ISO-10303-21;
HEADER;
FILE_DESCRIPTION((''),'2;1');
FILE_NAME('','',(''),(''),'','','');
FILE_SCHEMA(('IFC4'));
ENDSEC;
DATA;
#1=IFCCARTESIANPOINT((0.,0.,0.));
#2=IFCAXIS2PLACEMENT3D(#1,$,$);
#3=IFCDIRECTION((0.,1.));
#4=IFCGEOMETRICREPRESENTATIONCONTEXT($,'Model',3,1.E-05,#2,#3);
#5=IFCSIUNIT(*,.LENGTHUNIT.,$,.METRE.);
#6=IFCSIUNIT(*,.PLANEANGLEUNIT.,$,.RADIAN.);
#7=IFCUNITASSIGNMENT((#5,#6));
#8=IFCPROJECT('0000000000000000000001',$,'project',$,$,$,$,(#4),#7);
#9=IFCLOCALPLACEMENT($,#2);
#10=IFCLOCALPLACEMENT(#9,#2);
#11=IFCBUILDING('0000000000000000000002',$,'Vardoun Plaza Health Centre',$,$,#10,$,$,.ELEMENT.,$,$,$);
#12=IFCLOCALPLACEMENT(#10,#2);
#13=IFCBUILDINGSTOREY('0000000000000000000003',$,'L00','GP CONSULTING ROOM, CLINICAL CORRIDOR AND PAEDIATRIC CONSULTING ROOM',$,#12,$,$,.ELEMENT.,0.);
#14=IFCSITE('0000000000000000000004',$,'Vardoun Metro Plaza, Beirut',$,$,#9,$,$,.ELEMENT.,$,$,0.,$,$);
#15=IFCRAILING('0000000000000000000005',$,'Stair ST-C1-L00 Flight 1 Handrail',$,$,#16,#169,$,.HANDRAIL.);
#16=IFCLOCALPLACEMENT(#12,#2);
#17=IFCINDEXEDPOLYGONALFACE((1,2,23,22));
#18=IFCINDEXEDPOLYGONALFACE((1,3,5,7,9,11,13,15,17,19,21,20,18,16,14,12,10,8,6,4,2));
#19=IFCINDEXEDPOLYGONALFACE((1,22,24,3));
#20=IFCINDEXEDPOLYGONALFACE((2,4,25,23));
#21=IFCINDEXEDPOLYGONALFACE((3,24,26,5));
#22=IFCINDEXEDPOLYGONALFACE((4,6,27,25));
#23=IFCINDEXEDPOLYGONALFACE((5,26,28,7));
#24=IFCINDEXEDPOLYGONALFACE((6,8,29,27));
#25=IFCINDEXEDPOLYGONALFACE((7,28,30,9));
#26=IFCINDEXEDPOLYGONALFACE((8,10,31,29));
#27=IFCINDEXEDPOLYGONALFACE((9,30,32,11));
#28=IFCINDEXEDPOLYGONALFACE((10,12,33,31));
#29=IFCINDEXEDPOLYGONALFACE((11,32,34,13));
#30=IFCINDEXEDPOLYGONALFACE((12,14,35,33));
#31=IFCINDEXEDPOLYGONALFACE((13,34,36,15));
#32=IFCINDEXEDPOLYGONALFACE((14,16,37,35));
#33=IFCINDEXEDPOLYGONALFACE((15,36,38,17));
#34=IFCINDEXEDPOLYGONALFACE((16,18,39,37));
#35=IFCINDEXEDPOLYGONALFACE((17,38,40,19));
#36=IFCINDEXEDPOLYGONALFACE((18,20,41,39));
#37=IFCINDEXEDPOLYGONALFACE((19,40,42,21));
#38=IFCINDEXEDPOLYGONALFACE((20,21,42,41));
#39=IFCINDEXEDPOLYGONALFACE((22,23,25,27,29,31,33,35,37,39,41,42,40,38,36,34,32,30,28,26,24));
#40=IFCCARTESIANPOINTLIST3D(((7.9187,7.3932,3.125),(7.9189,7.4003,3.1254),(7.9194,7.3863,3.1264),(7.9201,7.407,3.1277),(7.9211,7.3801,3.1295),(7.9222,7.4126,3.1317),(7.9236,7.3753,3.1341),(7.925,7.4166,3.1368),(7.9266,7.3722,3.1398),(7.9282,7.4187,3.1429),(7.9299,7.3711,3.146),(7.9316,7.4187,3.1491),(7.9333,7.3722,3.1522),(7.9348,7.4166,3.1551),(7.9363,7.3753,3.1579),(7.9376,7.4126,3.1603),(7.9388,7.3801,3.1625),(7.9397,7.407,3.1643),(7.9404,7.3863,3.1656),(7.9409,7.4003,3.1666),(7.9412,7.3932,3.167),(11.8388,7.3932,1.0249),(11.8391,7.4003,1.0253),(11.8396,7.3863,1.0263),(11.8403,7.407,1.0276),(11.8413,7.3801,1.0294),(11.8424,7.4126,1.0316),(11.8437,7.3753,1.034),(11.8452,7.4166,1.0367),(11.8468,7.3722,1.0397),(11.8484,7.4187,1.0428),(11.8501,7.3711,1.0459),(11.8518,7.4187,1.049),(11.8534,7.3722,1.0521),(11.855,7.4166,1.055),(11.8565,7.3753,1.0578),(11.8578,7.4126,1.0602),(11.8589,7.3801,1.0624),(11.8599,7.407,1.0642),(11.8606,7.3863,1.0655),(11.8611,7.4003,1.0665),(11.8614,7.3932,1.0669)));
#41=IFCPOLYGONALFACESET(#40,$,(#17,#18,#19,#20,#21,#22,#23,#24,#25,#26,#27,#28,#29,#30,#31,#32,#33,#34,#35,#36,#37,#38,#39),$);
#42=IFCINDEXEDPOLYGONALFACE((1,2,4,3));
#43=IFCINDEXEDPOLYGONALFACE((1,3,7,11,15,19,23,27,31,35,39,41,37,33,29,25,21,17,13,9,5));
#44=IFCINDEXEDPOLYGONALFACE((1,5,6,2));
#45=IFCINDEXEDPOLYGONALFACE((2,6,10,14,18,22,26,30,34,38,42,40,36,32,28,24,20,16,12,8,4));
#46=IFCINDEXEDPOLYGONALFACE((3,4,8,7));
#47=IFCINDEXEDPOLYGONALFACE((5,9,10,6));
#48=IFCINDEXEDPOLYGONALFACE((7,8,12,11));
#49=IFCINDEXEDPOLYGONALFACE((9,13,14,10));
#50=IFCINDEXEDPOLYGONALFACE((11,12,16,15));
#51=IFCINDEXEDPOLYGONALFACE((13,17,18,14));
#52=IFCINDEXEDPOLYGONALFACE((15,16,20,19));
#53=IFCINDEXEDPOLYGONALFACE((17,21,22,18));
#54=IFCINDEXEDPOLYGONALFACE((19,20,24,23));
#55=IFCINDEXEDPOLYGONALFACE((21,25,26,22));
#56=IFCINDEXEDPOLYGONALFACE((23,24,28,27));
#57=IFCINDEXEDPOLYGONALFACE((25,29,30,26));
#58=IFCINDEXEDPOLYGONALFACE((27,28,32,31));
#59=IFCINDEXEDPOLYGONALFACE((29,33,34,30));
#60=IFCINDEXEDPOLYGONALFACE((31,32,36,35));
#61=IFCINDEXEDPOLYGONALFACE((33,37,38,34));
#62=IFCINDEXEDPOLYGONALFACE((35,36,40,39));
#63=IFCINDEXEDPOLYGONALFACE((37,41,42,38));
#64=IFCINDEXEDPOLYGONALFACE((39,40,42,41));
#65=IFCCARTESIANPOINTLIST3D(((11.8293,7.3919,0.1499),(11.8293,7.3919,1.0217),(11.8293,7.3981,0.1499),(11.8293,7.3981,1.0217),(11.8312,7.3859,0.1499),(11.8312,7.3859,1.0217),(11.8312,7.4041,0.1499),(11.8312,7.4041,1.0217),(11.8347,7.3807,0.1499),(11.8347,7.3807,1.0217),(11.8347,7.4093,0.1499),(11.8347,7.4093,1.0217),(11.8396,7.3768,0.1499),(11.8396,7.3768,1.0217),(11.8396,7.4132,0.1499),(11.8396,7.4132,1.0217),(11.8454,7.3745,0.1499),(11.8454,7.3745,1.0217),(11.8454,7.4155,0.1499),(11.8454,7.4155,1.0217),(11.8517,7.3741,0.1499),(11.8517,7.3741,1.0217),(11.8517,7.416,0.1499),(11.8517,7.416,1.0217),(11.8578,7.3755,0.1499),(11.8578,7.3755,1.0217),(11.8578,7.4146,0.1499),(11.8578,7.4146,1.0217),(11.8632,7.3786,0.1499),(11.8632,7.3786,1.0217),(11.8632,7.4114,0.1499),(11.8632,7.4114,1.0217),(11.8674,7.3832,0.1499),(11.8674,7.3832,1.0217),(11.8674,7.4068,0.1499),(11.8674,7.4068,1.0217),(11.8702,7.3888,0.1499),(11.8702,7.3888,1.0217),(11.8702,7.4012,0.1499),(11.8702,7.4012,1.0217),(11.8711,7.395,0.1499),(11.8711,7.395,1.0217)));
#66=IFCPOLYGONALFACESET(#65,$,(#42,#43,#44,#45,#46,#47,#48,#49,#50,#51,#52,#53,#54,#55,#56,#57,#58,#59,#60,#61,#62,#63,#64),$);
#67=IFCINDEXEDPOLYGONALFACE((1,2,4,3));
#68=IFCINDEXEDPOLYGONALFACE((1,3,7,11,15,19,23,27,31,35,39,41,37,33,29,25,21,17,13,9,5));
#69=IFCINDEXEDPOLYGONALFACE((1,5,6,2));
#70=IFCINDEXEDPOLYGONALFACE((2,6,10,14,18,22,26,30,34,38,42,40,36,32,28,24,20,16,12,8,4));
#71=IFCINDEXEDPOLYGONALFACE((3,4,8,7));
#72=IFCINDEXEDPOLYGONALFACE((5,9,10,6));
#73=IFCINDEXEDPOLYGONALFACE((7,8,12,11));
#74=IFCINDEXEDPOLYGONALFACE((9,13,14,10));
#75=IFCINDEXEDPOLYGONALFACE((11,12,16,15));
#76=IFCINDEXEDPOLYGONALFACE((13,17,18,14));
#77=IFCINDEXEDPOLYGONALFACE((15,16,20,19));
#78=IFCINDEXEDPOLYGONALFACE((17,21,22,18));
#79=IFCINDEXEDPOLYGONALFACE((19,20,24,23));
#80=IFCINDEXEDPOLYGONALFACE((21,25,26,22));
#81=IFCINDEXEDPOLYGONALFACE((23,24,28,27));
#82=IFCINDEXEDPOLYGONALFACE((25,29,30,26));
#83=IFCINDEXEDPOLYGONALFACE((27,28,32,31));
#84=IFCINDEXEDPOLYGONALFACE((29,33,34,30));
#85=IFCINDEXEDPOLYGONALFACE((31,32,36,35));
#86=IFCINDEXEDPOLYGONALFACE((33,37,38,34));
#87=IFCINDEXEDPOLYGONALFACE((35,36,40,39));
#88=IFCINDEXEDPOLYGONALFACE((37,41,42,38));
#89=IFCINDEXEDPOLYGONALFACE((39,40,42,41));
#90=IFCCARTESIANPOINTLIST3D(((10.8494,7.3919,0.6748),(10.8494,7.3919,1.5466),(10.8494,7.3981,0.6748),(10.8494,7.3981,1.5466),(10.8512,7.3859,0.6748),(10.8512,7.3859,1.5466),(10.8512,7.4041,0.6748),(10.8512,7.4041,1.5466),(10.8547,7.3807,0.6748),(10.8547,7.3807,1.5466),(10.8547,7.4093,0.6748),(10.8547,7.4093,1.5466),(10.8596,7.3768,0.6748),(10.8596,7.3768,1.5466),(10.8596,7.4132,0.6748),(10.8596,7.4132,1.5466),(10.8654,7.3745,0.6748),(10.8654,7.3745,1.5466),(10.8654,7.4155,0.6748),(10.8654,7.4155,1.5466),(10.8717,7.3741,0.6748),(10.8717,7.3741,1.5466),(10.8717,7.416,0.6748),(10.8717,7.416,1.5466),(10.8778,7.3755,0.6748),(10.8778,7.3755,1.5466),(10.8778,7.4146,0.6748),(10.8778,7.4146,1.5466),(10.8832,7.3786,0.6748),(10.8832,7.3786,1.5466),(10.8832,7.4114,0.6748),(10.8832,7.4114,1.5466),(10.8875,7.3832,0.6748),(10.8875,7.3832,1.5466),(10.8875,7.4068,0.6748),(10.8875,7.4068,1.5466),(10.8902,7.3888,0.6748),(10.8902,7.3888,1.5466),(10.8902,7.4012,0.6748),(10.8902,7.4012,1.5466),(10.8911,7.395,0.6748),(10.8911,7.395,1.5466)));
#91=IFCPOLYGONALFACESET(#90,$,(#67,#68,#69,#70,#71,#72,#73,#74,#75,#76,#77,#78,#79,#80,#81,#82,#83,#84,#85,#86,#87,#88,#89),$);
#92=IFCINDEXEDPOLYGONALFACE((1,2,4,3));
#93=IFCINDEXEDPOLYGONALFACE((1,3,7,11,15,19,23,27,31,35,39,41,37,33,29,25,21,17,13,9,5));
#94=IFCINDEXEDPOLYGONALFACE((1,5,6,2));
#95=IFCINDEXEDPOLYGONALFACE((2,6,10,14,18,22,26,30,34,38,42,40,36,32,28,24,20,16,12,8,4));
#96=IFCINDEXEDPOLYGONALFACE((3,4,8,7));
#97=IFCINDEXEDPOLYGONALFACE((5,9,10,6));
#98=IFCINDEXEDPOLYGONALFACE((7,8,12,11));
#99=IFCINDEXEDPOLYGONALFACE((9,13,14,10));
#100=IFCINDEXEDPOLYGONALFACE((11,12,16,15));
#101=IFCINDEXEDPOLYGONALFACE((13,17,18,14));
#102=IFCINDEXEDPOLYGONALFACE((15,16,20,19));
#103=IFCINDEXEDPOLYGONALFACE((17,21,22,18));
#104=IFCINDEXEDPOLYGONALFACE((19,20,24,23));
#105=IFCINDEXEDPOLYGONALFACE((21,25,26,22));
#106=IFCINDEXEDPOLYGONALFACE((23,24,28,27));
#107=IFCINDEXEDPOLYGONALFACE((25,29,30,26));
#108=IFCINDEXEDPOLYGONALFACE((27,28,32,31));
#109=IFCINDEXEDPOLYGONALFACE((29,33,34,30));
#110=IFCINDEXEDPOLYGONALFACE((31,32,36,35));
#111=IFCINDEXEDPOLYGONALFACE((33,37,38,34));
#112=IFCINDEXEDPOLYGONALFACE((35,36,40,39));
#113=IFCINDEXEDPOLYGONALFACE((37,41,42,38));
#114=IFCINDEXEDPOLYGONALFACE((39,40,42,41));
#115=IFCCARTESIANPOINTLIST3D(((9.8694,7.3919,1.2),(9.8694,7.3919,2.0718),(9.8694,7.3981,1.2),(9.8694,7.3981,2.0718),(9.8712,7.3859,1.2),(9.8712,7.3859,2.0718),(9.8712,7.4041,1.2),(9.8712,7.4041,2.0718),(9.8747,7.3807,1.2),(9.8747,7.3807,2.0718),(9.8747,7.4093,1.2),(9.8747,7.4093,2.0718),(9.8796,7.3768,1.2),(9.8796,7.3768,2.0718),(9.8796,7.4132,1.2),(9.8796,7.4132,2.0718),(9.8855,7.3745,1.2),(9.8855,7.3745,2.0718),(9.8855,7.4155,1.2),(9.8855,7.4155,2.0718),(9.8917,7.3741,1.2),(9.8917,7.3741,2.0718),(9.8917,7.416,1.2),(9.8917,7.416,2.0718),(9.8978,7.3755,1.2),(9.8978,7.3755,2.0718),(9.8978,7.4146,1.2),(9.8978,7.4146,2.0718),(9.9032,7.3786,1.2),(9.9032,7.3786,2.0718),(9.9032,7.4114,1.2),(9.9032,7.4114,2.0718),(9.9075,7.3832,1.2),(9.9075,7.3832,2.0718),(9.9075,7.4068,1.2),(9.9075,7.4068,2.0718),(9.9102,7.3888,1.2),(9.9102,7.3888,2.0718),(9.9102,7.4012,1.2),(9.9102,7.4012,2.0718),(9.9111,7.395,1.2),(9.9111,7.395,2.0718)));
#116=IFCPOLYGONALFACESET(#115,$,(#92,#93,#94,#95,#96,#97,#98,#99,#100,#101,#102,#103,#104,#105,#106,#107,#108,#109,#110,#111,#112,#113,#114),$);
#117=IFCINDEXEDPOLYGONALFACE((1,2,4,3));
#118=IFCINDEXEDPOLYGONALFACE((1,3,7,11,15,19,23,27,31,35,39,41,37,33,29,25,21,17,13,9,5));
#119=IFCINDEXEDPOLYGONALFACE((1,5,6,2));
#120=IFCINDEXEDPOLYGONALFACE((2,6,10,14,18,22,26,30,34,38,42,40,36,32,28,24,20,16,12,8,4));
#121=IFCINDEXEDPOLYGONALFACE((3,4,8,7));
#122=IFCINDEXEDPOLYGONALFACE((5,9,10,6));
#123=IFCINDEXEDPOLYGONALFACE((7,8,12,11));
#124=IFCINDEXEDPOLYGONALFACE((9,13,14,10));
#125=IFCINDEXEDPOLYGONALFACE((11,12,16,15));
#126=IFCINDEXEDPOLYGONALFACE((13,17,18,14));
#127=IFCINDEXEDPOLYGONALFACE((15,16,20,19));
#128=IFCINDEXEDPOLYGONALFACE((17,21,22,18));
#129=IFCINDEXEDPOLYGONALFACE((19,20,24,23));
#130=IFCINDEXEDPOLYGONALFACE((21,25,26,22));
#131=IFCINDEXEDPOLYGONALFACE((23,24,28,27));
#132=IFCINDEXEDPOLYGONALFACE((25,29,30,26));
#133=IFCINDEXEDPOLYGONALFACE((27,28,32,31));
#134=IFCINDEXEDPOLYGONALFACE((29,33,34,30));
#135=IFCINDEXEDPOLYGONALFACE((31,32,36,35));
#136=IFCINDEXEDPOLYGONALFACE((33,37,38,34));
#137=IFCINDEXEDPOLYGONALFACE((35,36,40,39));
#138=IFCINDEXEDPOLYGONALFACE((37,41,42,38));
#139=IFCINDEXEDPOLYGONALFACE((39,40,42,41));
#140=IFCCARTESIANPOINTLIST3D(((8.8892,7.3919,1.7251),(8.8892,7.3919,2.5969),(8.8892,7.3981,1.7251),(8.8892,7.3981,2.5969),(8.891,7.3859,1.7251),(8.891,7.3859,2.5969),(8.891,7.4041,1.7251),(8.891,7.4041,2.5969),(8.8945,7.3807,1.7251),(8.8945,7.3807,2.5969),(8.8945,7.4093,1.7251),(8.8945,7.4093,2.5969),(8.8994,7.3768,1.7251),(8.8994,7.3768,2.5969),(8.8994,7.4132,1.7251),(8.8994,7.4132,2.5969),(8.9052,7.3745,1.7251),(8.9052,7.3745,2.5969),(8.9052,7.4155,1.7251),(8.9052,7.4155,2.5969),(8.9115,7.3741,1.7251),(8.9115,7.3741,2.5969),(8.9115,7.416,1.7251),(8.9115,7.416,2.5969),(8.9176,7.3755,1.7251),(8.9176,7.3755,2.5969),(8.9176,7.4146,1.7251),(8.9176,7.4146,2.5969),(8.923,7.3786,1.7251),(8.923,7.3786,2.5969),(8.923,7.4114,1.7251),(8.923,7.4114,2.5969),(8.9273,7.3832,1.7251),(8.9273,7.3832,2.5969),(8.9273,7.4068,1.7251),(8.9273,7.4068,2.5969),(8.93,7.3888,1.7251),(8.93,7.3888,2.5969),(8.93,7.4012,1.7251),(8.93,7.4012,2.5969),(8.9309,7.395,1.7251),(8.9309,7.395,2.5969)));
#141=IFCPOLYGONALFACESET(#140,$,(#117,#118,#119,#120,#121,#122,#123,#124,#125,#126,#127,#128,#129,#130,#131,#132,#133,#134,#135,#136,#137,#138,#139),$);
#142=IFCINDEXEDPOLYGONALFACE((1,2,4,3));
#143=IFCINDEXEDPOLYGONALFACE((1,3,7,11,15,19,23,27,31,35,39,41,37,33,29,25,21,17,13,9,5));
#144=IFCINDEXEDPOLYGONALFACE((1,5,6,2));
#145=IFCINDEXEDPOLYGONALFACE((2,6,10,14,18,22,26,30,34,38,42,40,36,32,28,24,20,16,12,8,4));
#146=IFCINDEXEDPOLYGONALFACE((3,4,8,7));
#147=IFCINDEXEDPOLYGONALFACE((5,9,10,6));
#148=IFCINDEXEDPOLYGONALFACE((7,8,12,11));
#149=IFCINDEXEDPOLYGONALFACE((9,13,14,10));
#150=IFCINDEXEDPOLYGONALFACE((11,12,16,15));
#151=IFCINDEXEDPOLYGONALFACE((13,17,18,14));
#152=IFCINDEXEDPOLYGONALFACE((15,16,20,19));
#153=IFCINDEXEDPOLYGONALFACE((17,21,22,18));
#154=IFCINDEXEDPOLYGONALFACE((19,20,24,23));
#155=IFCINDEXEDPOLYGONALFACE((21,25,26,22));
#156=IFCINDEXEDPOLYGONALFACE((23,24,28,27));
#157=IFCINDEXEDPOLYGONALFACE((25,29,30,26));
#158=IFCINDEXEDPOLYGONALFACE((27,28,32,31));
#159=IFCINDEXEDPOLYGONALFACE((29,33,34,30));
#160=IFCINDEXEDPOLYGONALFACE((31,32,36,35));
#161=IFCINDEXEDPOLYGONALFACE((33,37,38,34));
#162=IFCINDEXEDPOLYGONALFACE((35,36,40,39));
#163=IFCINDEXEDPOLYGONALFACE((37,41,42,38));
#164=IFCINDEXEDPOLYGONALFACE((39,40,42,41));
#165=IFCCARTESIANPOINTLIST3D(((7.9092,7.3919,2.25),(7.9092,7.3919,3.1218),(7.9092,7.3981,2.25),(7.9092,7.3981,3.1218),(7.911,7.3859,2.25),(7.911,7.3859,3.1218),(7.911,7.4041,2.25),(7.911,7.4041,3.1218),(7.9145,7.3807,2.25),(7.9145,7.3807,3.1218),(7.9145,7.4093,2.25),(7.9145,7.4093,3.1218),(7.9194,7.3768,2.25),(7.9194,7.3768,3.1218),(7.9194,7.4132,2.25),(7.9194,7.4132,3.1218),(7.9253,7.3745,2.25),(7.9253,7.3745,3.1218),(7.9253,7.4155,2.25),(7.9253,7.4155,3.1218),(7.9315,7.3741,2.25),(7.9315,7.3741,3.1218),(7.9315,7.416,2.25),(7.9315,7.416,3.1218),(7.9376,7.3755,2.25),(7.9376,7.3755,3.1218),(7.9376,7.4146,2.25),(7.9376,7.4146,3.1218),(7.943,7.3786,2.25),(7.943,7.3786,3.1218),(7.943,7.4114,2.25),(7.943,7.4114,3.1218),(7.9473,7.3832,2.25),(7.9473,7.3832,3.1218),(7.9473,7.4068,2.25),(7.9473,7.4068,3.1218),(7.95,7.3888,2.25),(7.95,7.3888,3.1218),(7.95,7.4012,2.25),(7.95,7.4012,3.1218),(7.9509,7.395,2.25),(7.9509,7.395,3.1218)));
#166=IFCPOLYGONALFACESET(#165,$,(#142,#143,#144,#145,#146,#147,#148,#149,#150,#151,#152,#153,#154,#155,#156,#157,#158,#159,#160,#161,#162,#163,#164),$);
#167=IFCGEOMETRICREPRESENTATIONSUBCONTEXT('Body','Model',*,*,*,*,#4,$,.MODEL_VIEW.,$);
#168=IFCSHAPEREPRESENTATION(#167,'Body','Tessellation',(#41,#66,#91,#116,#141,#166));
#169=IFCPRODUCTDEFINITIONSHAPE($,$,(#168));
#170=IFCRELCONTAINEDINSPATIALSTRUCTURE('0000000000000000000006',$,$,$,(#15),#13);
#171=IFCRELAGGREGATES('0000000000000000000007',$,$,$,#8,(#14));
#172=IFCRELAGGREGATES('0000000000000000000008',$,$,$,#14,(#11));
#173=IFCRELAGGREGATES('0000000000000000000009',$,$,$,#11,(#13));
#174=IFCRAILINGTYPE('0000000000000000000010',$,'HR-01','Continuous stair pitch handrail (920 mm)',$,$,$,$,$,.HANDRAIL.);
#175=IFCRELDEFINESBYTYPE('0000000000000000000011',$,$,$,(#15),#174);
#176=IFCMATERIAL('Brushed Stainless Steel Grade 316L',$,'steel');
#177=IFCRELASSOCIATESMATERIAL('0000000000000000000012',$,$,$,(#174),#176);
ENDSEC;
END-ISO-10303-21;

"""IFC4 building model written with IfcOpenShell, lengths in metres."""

from ifc_helpers import new_model, si_unit, direction, frame, origin, origin_2d, place, context, subcontext, project, spatial, circle, extrude, material, type_object, element, save


model = new_model("IFC4")

# Units and contexts
model_context = context("Model", 3, precision=1e-05, world=origin(), true_north=direction((0.0, 1.0)))
body_context = subcontext(model_context, "Body", "Model", "MODEL_VIEW")
ifc_project = project(units=[si_unit("LENGTHUNIT", "METRE"), si_unit("PLANEANGLEUNIT", "RADIAN")], contexts=[model_context])

# Site, building, storey
site_placement = place(None, origin())
site = spatial("IfcSite", under=ifc_project, at=site_placement, Name="Vardoun Metro Plaza, Beirut", CompositionType="ELEMENT", RefElevation=0.0)
building_placement = place(site_placement, origin())
building = spatial("IfcBuilding", under=site, at=building_placement, Name="Vardoun Plaza Health Centre", CompositionType="ELEMENT")
storey_placement = place(building_placement, origin())
storey = spatial("IfcBuildingStorey", under=building, at=storey_placement, Name="L00", Description="GP CONSULTING ROOM, CLINICAL CORRIDOR AND PAEDIATRIC CONSULTING ROOM", CompositionType="ELEMENT", Elevation=0.0)

# Railing
ifc_material_1 = material(Name="Brushed Stainless Steel Grade 316L", Category="steel")
railing_type_1 = type_object("IfcRailingType", Name="HR-01", Description="Continuous stair pitch handrail (920 mm)", PredefinedType="HANDRAIL", material=ifc_material_1)
railing_1_placement = place(storey_placement, frame((11.8501, 7.395, 0.1499)))
element("IfcRailing", 1, at=railing_1_placement, inside=storey, type_object=railing_type_1, Name="Stair ST-C1-L00 Flight 1 Handrail", PredefinedType="HANDRAIL", context=body_context, shape_type="SweptSolid", body=[
    extrude(circle(Radius=0.0239, at=origin_2d()), frame((0.0, 0.0, 0.896), z_axis=(-0.881479, 0.0, 0.472223), x_axis=(0.0, -1.0, 0.0)), (0.0, 0.0, 1.0), 4.4473),
    extrude(circle(Radius=0.021, at=origin_2d()), origin(), (0.0, 0.0, 1.0), 0.8718),
    extrude(circle(Radius=0.021, at=origin_2d()), frame((-0.98, 0.0, 0.5249)), (0.0, 0.0, 1.0), 0.8718),
    extrude(circle(Radius=0.021, at=origin_2d()), frame((-1.96, 0.0, 1.05)), (0.0, 0.0, 1.0), 0.8718),
    extrude(circle(Radius=0.021, at=origin_2d()), frame((-2.9402, 0.0, 1.5752)), (0.0, 0.0, 1.0), 0.8718),
    extrude(circle(Radius=0.021, at=origin_2d()), frame((-3.9202, 0.0, 2.1001)), (0.0, 0.0, 1.0), 0.8718),
])

save(model, "model.ifc")
